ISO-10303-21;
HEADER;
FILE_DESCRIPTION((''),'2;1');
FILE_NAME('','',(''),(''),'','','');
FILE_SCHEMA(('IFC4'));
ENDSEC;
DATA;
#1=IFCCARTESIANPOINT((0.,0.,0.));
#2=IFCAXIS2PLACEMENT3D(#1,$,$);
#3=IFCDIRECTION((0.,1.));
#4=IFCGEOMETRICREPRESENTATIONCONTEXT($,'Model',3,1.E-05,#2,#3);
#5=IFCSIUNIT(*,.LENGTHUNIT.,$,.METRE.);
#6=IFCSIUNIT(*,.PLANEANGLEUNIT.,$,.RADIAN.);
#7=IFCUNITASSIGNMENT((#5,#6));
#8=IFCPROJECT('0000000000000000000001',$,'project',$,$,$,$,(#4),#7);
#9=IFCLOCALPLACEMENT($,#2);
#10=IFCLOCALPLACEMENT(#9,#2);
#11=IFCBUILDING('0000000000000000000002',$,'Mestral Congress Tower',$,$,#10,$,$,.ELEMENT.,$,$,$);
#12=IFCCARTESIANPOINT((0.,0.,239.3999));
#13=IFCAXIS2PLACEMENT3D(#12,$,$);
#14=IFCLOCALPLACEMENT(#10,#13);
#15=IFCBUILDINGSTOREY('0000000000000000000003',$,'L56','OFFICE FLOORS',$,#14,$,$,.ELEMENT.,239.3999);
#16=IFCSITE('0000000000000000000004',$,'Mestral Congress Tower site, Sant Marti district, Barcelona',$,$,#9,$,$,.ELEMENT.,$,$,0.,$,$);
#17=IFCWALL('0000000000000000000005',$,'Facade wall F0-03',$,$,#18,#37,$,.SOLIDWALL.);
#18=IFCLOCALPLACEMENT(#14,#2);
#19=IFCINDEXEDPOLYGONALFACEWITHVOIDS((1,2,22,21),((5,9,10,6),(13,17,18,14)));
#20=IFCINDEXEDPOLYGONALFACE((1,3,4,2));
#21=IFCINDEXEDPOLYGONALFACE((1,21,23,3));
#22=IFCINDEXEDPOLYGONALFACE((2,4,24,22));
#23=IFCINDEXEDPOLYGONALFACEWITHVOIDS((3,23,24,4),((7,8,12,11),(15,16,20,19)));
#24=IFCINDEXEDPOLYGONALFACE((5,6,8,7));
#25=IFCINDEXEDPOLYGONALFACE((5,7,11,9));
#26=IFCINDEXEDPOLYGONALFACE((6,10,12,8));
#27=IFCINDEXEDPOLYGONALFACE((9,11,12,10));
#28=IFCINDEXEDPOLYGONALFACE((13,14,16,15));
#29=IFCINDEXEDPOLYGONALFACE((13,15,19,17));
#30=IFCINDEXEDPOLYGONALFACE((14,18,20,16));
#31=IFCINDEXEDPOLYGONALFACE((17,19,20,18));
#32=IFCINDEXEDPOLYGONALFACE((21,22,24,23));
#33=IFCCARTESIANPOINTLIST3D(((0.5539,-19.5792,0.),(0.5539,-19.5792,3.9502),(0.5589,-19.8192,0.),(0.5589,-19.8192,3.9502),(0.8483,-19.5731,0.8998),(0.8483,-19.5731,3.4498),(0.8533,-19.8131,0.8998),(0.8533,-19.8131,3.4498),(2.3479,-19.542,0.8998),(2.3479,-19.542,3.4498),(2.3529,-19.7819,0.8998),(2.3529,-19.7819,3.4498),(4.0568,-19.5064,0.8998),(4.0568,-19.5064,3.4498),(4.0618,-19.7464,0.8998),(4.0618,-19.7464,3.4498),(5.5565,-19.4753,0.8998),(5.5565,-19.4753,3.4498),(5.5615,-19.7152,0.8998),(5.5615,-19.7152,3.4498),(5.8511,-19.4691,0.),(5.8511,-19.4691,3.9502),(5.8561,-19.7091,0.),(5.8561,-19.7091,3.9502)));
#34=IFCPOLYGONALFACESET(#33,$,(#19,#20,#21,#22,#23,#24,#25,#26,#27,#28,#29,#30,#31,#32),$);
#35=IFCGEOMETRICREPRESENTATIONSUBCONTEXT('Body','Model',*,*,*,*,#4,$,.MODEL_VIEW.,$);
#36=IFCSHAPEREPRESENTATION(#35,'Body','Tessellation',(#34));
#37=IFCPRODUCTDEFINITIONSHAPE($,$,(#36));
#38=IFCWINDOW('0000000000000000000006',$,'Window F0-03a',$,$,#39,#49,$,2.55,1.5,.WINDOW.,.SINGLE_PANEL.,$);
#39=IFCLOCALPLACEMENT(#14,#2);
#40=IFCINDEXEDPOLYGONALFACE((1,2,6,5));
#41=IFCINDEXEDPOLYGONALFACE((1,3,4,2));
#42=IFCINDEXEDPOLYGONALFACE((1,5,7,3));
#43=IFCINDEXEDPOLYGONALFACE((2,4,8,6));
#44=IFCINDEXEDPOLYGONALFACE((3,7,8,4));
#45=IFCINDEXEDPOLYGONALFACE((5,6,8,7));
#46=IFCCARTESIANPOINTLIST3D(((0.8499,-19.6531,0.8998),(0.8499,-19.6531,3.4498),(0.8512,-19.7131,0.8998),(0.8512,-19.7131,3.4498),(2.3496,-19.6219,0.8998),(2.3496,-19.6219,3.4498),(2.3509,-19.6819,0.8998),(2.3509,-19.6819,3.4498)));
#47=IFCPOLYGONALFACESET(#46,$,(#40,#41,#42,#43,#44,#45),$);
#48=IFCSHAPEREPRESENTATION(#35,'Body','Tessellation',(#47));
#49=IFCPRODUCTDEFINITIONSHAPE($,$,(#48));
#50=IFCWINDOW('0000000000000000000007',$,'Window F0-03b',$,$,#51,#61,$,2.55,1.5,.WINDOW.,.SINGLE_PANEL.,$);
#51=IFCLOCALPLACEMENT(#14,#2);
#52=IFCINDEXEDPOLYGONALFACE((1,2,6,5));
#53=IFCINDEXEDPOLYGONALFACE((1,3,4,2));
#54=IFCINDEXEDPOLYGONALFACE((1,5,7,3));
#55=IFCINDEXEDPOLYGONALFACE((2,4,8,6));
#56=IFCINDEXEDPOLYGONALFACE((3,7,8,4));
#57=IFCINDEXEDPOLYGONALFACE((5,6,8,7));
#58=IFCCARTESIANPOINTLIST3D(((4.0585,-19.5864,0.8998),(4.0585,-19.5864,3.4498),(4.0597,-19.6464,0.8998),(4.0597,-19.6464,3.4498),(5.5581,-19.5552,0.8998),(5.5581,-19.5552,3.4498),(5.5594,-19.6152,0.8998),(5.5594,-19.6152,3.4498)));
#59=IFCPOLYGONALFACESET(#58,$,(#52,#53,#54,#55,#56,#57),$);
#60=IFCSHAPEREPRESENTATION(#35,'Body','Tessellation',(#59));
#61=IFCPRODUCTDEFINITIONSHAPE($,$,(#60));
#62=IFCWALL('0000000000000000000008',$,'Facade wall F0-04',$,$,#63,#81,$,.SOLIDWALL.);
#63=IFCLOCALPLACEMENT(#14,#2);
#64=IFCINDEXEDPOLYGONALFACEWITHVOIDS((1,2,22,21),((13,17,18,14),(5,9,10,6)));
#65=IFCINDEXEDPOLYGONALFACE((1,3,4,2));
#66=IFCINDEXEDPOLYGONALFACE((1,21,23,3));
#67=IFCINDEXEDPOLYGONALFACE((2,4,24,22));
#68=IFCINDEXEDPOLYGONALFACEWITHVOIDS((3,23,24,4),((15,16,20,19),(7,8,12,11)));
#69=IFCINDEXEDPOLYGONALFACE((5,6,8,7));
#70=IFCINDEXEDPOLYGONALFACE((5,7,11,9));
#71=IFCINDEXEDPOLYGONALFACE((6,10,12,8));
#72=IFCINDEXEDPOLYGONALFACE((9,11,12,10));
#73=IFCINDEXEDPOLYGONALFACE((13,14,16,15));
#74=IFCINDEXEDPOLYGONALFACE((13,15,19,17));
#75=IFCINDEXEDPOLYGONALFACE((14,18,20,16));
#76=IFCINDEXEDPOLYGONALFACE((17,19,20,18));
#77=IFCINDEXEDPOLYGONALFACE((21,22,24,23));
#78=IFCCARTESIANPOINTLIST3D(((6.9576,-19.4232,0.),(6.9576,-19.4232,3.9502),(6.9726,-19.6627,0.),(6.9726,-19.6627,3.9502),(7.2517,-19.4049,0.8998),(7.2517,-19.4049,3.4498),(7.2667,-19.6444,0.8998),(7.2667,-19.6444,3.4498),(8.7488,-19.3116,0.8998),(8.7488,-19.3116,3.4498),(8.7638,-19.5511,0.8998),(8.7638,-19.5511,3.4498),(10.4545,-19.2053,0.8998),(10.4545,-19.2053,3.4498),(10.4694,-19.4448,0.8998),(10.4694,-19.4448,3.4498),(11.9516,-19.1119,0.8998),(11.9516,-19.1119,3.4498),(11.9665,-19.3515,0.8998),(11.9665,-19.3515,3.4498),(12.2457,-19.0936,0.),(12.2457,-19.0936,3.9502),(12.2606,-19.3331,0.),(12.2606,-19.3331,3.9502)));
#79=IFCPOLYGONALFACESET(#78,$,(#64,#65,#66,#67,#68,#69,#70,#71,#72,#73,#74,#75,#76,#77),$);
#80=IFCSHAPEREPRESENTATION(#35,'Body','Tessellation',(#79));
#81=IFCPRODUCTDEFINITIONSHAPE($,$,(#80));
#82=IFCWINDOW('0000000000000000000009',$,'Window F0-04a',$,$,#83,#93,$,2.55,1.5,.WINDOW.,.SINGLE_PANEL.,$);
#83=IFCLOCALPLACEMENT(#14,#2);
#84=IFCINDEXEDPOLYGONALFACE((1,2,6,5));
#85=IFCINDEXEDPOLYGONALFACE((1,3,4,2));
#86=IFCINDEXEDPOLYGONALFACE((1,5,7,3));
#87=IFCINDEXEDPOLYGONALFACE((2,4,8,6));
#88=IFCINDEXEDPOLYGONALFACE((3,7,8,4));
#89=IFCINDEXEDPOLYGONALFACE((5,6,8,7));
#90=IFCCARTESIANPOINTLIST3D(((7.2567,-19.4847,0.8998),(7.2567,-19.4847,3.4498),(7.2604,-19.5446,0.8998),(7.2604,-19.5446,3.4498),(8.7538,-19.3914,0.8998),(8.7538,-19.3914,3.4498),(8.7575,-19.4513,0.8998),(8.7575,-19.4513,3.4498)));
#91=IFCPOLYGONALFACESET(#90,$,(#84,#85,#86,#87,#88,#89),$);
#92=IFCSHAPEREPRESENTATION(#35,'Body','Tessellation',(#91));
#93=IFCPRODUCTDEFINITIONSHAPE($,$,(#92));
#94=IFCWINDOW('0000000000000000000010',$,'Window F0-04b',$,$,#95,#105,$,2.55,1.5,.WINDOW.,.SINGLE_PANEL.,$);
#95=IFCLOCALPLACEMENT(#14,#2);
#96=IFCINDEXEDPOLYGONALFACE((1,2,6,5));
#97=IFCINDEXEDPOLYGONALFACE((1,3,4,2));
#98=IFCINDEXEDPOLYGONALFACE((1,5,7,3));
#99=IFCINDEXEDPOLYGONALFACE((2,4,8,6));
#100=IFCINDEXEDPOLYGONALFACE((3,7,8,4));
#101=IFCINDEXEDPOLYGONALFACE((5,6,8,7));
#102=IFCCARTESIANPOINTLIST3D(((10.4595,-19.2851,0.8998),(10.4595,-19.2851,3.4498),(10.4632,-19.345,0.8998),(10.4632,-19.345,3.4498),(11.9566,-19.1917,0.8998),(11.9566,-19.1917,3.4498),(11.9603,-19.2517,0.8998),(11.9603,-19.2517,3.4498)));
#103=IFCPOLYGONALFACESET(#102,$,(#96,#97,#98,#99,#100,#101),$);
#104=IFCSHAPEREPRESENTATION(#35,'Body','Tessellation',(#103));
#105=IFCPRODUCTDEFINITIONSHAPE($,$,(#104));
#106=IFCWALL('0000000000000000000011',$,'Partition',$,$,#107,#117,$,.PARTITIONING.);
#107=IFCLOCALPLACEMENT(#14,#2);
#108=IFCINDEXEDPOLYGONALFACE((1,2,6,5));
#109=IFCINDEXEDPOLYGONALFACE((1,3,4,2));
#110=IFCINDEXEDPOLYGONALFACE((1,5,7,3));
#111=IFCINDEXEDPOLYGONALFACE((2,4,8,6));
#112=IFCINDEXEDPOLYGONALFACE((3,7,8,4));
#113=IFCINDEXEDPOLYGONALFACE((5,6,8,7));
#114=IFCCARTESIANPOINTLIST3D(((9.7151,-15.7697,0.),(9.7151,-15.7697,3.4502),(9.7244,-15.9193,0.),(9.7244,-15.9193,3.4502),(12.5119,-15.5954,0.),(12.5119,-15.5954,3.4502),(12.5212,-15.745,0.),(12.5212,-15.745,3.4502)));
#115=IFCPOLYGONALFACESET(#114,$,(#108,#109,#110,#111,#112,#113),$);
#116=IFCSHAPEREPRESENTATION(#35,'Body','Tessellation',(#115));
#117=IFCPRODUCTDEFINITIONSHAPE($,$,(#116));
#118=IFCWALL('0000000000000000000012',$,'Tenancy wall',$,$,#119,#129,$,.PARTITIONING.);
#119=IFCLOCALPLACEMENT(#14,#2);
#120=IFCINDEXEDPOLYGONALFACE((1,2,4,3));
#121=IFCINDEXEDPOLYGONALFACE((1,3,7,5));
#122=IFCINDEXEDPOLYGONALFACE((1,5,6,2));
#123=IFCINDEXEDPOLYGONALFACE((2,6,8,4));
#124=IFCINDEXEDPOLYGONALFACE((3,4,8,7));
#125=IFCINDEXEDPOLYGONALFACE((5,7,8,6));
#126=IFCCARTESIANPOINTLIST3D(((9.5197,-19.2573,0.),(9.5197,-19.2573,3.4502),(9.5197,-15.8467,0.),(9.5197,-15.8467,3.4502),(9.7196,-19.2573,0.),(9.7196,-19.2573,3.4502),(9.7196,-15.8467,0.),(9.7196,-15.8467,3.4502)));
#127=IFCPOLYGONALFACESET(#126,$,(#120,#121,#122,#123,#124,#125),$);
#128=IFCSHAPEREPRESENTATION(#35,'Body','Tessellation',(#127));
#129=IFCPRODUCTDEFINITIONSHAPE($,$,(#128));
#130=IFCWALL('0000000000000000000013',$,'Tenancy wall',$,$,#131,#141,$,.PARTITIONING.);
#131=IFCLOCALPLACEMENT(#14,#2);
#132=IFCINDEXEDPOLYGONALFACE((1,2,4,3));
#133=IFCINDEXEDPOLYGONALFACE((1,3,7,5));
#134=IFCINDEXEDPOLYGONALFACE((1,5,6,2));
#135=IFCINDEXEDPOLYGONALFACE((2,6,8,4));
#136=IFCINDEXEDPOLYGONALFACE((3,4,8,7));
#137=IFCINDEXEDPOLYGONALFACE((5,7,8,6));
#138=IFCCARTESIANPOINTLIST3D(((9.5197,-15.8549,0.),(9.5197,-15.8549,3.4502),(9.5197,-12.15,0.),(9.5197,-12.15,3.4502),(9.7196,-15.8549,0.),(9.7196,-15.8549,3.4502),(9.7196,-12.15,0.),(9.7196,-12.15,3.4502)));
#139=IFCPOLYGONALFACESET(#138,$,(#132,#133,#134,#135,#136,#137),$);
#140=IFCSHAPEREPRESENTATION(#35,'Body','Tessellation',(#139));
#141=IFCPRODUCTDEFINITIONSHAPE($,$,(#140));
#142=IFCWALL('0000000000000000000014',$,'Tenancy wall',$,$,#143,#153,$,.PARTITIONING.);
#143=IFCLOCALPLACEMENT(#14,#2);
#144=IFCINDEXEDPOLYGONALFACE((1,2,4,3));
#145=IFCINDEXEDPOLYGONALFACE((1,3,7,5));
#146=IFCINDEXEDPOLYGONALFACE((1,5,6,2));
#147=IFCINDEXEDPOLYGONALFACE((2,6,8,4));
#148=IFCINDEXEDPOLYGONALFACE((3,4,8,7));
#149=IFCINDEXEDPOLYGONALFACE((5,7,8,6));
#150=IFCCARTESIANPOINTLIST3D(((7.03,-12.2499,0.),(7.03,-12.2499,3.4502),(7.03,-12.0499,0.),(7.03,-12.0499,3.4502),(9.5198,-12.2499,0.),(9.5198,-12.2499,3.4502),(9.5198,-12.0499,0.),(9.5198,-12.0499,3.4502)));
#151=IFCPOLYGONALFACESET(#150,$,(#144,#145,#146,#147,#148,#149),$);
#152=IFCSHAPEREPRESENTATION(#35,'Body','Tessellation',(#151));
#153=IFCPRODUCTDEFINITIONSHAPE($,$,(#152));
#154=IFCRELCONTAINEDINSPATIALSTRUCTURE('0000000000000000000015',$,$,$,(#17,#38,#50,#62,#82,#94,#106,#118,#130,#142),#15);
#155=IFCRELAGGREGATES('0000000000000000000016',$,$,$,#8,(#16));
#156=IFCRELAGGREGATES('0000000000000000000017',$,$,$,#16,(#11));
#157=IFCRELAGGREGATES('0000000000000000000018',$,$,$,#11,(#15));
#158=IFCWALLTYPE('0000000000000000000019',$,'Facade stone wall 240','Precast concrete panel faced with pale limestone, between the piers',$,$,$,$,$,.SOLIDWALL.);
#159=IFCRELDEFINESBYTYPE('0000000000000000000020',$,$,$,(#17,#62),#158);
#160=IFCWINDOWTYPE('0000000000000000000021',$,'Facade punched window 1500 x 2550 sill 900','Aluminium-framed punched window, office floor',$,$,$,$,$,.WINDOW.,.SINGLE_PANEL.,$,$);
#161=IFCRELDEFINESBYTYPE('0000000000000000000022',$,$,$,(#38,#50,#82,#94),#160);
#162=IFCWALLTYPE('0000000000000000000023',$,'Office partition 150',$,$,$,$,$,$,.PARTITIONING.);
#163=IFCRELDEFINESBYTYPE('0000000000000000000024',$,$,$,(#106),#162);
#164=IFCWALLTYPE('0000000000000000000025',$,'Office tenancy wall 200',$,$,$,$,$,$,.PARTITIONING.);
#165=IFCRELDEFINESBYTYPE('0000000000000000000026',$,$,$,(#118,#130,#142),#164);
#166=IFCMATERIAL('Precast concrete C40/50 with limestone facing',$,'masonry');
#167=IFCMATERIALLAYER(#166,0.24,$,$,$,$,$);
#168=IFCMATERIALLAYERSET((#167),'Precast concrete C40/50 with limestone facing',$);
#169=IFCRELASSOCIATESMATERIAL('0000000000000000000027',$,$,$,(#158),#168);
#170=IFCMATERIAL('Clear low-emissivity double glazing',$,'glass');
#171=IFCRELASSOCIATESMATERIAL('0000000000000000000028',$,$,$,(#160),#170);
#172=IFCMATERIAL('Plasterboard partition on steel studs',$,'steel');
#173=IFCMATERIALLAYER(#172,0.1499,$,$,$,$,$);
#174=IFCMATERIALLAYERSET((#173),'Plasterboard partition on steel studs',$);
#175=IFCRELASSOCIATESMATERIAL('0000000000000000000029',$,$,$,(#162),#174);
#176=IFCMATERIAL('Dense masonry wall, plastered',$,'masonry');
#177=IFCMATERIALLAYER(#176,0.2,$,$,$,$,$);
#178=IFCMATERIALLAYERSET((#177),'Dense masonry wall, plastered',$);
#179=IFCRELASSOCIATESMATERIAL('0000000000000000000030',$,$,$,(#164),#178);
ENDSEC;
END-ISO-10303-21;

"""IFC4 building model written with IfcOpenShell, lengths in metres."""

from ifc_helpers import new_model, si_unit, direction, frame, frame_2d, origin, place, context, subcontext, project, spatial, rectangle, extrude, material, layer, layer_set, type_object, element, fill, save


model = new_model("IFC4")

# Units and contexts
model_context = context("Model", 3, precision=1e-05, world=origin(), true_north=direction((0.0, 1.0)))
body_context = subcontext(model_context, "Body", "Model", "MODEL_VIEW")
ifc_project = project(units=[si_unit("LENGTHUNIT", "METRE"), si_unit("PLANEANGLEUNIT", "RADIAN")], contexts=[model_context])

# Site, building, storey
site_placement = place(None, origin())
site = spatial("IfcSite", under=ifc_project, at=site_placement, Name="Mestral Congress Tower site, Sant Marti district, Barcelona", CompositionType="ELEMENT", RefElevation=0.0)
building_placement = place(site_placement, origin())
building = spatial("IfcBuilding", under=site, at=building_placement, Name="Mestral Congress Tower", CompositionType="ELEMENT")
storey_placement = place(building_placement, frame((0.0, 0.0, 239.3999)))
storey = spatial("IfcBuildingStorey", under=building, at=storey_placement, Name="L56", Description="OFFICE FLOORS", CompositionType="ELEMENT", Elevation=239.3999)

# Walls, openings, windows
ifc_material_1 = material(Name="Precast concrete C40/50 with limestone facing", Category="masonry")
ifc_layer_1 = layer(ifc_material_1, 0.24)
ifc_layer_set_1 = layer_set([ifc_layer_1], Name="Precast concrete C40/50 with limestone facing")
wall_type_1 = type_object("IfcWallType", Name="Facade stone wall 240", Description="Precast concrete panel faced with pale limestone, between the piers", PredefinedType="SOLIDWALL", material=ifc_layer_set_1)
wall_1_placement = place(storey_placement, frame((0.5564, -19.6992, 0.0), z_axis=(0.0, 0.0, 1.0), x_axis=(0.999784, 0.020782, 0.0)))
wall_1 = element("IfcWall", 1, at=wall_1_placement, inside=storey, type_object=wall_type_1, Name="Facade wall F0-03", PredefinedType="SOLIDWALL", context=body_context, shape_type="SweptSolid", body=[
    extrude(rectangle(XDim=5.2983, YDim=0.24, at=frame_2d((2.6492, 0.0))), origin(), (0.0, 0.0, 1.0), 3.9502),
])
opening_1_placement = place(wall_1_placement, frame((0.2944, 0.0, 0.8999)))
opening_1 = element("IfcOpeningElement", 2, at=opening_1_placement, cuts=wall_1, PredefinedType="OPENING", context=body_context, shape_type="SweptSolid", body=[
    extrude(rectangle(XDim=1.5, YDim=2.55, at=frame_2d((0.75, 1.2749))), frame((0.0, 0.1299, 0.0), z_axis=(0.0, -1.0, 0.0), x_axis=(1.0, 0.0, 0.0)), (0.0, 0.0, 1.0), 0.26),
])
opening_2_placement = place(wall_1_placement, frame((3.5037, 0.0, 0.8999)))
opening_2 = element("IfcOpeningElement", 3, at=opening_2_placement, cuts=wall_1, PredefinedType="OPENING", context=body_context, shape_type="SweptSolid", body=[
    extrude(rectangle(XDim=1.5, YDim=2.55, at=frame_2d((0.75, 1.2749))), frame((0.0, 0.1299, 0.0), z_axis=(0.0, -1.0, 0.0), x_axis=(1.0, 0.0, 0.0)), (0.0, 0.0, 1.0), 0.26),
])
ifc_material_2 = material(Name="Clear low-emissivity double glazing", Category="glass")
window_type = type_object("IfcWindowType", Name="Facade punched window 1500 x 2550 sill 900", Description="Aluminium-framed punched window, office floor", PartitioningType="SINGLE_PANEL", PredefinedType="WINDOW", material=ifc_material_2)
window_1_placement = place(opening_1_placement, origin())
window_1 = element("IfcWindow", 4, at=window_1_placement, inside=storey, type_object=window_type, Name="Window F0-03a", OverallHeight=2.55, OverallWidth=1.5, PartitioningType="SINGLE_PANEL", PredefinedType="WINDOW", context=body_context, shape_type="SweptSolid", body=[
    extrude(rectangle(XDim=1.5, YDim=2.55, at=frame_2d((0.75, 1.2749))), frame((0.0, 0.04, 0.0), z_axis=(0.0, -1.0, 0.0), x_axis=(1.0, 0.0, 0.0)), (0.0, 0.0, 1.0), 0.0601),
])
fill(opening_1, window_1)
window_2_placement = place(opening_2_placement, origin())
window_2 = element("IfcWindow", 5, at=window_2_placement, inside=storey, type_object=window_type, Name="Window F0-03b", OverallHeight=2.55, OverallWidth=1.5, PartitioningType="SINGLE_PANEL", PredefinedType="WINDOW", context=body_context, shape_type="SweptSolid", body=[
    extrude(rectangle(XDim=1.5, YDim=2.55, at=frame_2d((0.75, 1.2749))), frame((0.0, 0.04, 0.0), z_axis=(0.0, -1.0, 0.0), x_axis=(1.0, 0.0, 0.0)), (0.0, 0.0, 1.0), 0.0601),
])
fill(opening_2, window_2)
wall_2_placement = place(storey_placement, frame((6.9651, -19.543, 0.0), z_axis=(0.0, 0.0, 1.0), x_axis=(0.998063, 0.062206, 0.0)))
wall_2 = element("IfcWall", 6, at=wall_2_placement, inside=storey, type_object=wall_type_1, Name="Facade wall F0-04", PredefinedType="SOLIDWALL", context=body_context, shape_type="SweptSolid", body=[
    extrude(rectangle(XDim=5.2983, YDim=0.24, at=frame_2d((2.6492, 0.0))), origin(), (0.0, 0.0, 1.0), 3.9502),
])
opening_3_placement = place(wall_2_placement, frame((0.2947, 0.0, 0.8999)))
opening_3 = element("IfcOpeningElement", 7, at=opening_3_placement, cuts=wall_2, PredefinedType="OPENING", context=body_context, shape_type="SweptSolid", body=[
    extrude(rectangle(XDim=1.5, YDim=2.55, at=frame_2d((0.75, 1.2749))), frame((0.0, 0.1299, 0.0), z_axis=(0.0, -1.0, 0.0), x_axis=(1.0, 0.0, 0.0)), (0.0, 0.0, 1.0), 0.26),
])
opening_4_placement = place(wall_2_placement, frame((3.5037, 0.0, 0.8999)))
opening_4 = element("IfcOpeningElement", 8, at=opening_4_placement, cuts=wall_2, PredefinedType="OPENING", context=body_context, shape_type="SweptSolid", body=[
    extrude(rectangle(XDim=1.5, YDim=2.55, at=frame_2d((0.75, 1.2749))), frame((0.0, 0.1299, 0.0), z_axis=(0.0, -1.0, 0.0), x_axis=(1.0, 0.0, 0.0)), (0.0, 0.0, 1.0), 0.26),
])
window_3_placement = place(opening_3_placement, origin())
window_3 = element("IfcWindow", 9, at=window_3_placement, inside=storey, type_object=window_type, Name="Window F0-04a", OverallHeight=2.55, OverallWidth=1.5, PartitioningType="SINGLE_PANEL", PredefinedType="WINDOW", context=body_context, shape_type="SweptSolid", body=[
    extrude(rectangle(XDim=1.5, YDim=2.55, at=frame_2d((0.75, 1.2749))), frame((0.0, 0.04, 0.0), z_axis=(0.0, -1.0, 0.0), x_axis=(1.0, 0.0, 0.0)), (0.0, 0.0, 1.0), 0.0601),
])
fill(opening_3, window_3)
window_4_placement = place(opening_4_placement, origin())
window_4 = element("IfcWindow", 10, at=window_4_placement, inside=storey, type_object=window_type, Name="Window F0-04b", OverallHeight=2.55, OverallWidth=1.5, PartitioningType="SINGLE_PANEL", PredefinedType="WINDOW", context=body_context, shape_type="SweptSolid", body=[
    extrude(rectangle(XDim=1.5, YDim=2.55, at=frame_2d((0.75, 1.2749))), frame((0.0, 0.04, 0.0), z_axis=(0.0, -1.0, 0.0), x_axis=(1.0, 0.0, 0.0)), (0.0, 0.0, 1.0), 0.0601),
])
fill(opening_4, window_4)

# Walls
ifc_material_3 = material(Name="Plasterboard partition on steel studs", Category="steel")
ifc_layer_2 = layer(ifc_material_3, 0.1499)
ifc_layer_set_2 = layer_set([ifc_layer_2], Name="Plasterboard partition on steel studs")
wall_type_2 = type_object("IfcWallType", Name="Office partition 150", PredefinedType="PARTITIONING", material=ifc_layer_set_2)
wall_3_placement = place(storey_placement, frame((9.7197, -15.8445, 0.0), z_axis=(0.0, 0.0, 1.0), x_axis=(0.998063, 0.062205, 0.0)))
element("IfcWall", 11, at=wall_3_placement, inside=storey, type_object=wall_type_2, Name="Partition", PredefinedType="PARTITIONING", context=body_context, shape_type="SweptSolid", body=[
    extrude(rectangle(XDim=2.8022, YDim=0.1499, at=frame_2d((1.4011, 0.0))), origin(), (0.0, 0.0, 1.0), 3.4502),
])
ifc_material_4 = material(Name="Dense masonry wall, plastered", Category="masonry")
ifc_layer_3 = layer(ifc_material_4, 0.2)
ifc_layer_set_3 = layer_set([ifc_layer_3], Name="Dense masonry wall, plastered")
wall_type_3 = type_object("IfcWallType", Name="Office tenancy wall 200", PredefinedType="PARTITIONING", material=ifc_layer_set_3)
wall_4_placement = place(storey_placement, frame((9.6196, -15.8467, 0.0), z_axis=(0.0, 0.0, 1.0), x_axis=(0.0, -1.0, 0.0)))
element("IfcWall", 12, at=wall_4_placement, inside=storey, type_object=wall_type_3, Name="Tenancy wall", PredefinedType="PARTITIONING", context=body_context, shape_type="SweptSolid", body=[
    extrude(rectangle(XDim=3.4106, YDim=0.2, at=frame_2d((1.7053, 0.0))), origin(), (0.0, 0.0, 1.0), 3.4502),
])
wall_5_placement = place(storey_placement, frame((9.6196, -12.1499, 0.0), z_axis=(0.0, 0.0, 1.0), x_axis=(0.0, -1.0, 0.0)))
element("IfcWall", 13, at=wall_5_placement, inside=storey, type_object=wall_type_3, Name="Tenancy wall", PredefinedType="PARTITIONING", context=body_context, shape_type="SweptSolid", body=[
    extrude(rectangle(XDim=3.7048, YDim=0.2, at=frame_2d((1.8525, 0.0))), origin(), (0.0, 0.0, 1.0), 3.4502),
])
wall_6_placement = place(storey_placement, frame((7.03, -12.1499, 0.0), z_axis=(0.0, 0.0, 1.0), x_axis=(1.0, 0.0, 0.0)))
element("IfcWall", 14, at=wall_6_placement, inside=storey, type_object=wall_type_3, Name="Tenancy wall", PredefinedType="PARTITIONING", context=body_context, shape_type="SweptSolid", body=[
    extrude(rectangle(XDim=2.4897, YDim=0.2, at=frame_2d((1.2449, 0.0))), origin(), (0.0, 0.0, 1.0), 3.4502),
])

save(model, "model.ifc")
